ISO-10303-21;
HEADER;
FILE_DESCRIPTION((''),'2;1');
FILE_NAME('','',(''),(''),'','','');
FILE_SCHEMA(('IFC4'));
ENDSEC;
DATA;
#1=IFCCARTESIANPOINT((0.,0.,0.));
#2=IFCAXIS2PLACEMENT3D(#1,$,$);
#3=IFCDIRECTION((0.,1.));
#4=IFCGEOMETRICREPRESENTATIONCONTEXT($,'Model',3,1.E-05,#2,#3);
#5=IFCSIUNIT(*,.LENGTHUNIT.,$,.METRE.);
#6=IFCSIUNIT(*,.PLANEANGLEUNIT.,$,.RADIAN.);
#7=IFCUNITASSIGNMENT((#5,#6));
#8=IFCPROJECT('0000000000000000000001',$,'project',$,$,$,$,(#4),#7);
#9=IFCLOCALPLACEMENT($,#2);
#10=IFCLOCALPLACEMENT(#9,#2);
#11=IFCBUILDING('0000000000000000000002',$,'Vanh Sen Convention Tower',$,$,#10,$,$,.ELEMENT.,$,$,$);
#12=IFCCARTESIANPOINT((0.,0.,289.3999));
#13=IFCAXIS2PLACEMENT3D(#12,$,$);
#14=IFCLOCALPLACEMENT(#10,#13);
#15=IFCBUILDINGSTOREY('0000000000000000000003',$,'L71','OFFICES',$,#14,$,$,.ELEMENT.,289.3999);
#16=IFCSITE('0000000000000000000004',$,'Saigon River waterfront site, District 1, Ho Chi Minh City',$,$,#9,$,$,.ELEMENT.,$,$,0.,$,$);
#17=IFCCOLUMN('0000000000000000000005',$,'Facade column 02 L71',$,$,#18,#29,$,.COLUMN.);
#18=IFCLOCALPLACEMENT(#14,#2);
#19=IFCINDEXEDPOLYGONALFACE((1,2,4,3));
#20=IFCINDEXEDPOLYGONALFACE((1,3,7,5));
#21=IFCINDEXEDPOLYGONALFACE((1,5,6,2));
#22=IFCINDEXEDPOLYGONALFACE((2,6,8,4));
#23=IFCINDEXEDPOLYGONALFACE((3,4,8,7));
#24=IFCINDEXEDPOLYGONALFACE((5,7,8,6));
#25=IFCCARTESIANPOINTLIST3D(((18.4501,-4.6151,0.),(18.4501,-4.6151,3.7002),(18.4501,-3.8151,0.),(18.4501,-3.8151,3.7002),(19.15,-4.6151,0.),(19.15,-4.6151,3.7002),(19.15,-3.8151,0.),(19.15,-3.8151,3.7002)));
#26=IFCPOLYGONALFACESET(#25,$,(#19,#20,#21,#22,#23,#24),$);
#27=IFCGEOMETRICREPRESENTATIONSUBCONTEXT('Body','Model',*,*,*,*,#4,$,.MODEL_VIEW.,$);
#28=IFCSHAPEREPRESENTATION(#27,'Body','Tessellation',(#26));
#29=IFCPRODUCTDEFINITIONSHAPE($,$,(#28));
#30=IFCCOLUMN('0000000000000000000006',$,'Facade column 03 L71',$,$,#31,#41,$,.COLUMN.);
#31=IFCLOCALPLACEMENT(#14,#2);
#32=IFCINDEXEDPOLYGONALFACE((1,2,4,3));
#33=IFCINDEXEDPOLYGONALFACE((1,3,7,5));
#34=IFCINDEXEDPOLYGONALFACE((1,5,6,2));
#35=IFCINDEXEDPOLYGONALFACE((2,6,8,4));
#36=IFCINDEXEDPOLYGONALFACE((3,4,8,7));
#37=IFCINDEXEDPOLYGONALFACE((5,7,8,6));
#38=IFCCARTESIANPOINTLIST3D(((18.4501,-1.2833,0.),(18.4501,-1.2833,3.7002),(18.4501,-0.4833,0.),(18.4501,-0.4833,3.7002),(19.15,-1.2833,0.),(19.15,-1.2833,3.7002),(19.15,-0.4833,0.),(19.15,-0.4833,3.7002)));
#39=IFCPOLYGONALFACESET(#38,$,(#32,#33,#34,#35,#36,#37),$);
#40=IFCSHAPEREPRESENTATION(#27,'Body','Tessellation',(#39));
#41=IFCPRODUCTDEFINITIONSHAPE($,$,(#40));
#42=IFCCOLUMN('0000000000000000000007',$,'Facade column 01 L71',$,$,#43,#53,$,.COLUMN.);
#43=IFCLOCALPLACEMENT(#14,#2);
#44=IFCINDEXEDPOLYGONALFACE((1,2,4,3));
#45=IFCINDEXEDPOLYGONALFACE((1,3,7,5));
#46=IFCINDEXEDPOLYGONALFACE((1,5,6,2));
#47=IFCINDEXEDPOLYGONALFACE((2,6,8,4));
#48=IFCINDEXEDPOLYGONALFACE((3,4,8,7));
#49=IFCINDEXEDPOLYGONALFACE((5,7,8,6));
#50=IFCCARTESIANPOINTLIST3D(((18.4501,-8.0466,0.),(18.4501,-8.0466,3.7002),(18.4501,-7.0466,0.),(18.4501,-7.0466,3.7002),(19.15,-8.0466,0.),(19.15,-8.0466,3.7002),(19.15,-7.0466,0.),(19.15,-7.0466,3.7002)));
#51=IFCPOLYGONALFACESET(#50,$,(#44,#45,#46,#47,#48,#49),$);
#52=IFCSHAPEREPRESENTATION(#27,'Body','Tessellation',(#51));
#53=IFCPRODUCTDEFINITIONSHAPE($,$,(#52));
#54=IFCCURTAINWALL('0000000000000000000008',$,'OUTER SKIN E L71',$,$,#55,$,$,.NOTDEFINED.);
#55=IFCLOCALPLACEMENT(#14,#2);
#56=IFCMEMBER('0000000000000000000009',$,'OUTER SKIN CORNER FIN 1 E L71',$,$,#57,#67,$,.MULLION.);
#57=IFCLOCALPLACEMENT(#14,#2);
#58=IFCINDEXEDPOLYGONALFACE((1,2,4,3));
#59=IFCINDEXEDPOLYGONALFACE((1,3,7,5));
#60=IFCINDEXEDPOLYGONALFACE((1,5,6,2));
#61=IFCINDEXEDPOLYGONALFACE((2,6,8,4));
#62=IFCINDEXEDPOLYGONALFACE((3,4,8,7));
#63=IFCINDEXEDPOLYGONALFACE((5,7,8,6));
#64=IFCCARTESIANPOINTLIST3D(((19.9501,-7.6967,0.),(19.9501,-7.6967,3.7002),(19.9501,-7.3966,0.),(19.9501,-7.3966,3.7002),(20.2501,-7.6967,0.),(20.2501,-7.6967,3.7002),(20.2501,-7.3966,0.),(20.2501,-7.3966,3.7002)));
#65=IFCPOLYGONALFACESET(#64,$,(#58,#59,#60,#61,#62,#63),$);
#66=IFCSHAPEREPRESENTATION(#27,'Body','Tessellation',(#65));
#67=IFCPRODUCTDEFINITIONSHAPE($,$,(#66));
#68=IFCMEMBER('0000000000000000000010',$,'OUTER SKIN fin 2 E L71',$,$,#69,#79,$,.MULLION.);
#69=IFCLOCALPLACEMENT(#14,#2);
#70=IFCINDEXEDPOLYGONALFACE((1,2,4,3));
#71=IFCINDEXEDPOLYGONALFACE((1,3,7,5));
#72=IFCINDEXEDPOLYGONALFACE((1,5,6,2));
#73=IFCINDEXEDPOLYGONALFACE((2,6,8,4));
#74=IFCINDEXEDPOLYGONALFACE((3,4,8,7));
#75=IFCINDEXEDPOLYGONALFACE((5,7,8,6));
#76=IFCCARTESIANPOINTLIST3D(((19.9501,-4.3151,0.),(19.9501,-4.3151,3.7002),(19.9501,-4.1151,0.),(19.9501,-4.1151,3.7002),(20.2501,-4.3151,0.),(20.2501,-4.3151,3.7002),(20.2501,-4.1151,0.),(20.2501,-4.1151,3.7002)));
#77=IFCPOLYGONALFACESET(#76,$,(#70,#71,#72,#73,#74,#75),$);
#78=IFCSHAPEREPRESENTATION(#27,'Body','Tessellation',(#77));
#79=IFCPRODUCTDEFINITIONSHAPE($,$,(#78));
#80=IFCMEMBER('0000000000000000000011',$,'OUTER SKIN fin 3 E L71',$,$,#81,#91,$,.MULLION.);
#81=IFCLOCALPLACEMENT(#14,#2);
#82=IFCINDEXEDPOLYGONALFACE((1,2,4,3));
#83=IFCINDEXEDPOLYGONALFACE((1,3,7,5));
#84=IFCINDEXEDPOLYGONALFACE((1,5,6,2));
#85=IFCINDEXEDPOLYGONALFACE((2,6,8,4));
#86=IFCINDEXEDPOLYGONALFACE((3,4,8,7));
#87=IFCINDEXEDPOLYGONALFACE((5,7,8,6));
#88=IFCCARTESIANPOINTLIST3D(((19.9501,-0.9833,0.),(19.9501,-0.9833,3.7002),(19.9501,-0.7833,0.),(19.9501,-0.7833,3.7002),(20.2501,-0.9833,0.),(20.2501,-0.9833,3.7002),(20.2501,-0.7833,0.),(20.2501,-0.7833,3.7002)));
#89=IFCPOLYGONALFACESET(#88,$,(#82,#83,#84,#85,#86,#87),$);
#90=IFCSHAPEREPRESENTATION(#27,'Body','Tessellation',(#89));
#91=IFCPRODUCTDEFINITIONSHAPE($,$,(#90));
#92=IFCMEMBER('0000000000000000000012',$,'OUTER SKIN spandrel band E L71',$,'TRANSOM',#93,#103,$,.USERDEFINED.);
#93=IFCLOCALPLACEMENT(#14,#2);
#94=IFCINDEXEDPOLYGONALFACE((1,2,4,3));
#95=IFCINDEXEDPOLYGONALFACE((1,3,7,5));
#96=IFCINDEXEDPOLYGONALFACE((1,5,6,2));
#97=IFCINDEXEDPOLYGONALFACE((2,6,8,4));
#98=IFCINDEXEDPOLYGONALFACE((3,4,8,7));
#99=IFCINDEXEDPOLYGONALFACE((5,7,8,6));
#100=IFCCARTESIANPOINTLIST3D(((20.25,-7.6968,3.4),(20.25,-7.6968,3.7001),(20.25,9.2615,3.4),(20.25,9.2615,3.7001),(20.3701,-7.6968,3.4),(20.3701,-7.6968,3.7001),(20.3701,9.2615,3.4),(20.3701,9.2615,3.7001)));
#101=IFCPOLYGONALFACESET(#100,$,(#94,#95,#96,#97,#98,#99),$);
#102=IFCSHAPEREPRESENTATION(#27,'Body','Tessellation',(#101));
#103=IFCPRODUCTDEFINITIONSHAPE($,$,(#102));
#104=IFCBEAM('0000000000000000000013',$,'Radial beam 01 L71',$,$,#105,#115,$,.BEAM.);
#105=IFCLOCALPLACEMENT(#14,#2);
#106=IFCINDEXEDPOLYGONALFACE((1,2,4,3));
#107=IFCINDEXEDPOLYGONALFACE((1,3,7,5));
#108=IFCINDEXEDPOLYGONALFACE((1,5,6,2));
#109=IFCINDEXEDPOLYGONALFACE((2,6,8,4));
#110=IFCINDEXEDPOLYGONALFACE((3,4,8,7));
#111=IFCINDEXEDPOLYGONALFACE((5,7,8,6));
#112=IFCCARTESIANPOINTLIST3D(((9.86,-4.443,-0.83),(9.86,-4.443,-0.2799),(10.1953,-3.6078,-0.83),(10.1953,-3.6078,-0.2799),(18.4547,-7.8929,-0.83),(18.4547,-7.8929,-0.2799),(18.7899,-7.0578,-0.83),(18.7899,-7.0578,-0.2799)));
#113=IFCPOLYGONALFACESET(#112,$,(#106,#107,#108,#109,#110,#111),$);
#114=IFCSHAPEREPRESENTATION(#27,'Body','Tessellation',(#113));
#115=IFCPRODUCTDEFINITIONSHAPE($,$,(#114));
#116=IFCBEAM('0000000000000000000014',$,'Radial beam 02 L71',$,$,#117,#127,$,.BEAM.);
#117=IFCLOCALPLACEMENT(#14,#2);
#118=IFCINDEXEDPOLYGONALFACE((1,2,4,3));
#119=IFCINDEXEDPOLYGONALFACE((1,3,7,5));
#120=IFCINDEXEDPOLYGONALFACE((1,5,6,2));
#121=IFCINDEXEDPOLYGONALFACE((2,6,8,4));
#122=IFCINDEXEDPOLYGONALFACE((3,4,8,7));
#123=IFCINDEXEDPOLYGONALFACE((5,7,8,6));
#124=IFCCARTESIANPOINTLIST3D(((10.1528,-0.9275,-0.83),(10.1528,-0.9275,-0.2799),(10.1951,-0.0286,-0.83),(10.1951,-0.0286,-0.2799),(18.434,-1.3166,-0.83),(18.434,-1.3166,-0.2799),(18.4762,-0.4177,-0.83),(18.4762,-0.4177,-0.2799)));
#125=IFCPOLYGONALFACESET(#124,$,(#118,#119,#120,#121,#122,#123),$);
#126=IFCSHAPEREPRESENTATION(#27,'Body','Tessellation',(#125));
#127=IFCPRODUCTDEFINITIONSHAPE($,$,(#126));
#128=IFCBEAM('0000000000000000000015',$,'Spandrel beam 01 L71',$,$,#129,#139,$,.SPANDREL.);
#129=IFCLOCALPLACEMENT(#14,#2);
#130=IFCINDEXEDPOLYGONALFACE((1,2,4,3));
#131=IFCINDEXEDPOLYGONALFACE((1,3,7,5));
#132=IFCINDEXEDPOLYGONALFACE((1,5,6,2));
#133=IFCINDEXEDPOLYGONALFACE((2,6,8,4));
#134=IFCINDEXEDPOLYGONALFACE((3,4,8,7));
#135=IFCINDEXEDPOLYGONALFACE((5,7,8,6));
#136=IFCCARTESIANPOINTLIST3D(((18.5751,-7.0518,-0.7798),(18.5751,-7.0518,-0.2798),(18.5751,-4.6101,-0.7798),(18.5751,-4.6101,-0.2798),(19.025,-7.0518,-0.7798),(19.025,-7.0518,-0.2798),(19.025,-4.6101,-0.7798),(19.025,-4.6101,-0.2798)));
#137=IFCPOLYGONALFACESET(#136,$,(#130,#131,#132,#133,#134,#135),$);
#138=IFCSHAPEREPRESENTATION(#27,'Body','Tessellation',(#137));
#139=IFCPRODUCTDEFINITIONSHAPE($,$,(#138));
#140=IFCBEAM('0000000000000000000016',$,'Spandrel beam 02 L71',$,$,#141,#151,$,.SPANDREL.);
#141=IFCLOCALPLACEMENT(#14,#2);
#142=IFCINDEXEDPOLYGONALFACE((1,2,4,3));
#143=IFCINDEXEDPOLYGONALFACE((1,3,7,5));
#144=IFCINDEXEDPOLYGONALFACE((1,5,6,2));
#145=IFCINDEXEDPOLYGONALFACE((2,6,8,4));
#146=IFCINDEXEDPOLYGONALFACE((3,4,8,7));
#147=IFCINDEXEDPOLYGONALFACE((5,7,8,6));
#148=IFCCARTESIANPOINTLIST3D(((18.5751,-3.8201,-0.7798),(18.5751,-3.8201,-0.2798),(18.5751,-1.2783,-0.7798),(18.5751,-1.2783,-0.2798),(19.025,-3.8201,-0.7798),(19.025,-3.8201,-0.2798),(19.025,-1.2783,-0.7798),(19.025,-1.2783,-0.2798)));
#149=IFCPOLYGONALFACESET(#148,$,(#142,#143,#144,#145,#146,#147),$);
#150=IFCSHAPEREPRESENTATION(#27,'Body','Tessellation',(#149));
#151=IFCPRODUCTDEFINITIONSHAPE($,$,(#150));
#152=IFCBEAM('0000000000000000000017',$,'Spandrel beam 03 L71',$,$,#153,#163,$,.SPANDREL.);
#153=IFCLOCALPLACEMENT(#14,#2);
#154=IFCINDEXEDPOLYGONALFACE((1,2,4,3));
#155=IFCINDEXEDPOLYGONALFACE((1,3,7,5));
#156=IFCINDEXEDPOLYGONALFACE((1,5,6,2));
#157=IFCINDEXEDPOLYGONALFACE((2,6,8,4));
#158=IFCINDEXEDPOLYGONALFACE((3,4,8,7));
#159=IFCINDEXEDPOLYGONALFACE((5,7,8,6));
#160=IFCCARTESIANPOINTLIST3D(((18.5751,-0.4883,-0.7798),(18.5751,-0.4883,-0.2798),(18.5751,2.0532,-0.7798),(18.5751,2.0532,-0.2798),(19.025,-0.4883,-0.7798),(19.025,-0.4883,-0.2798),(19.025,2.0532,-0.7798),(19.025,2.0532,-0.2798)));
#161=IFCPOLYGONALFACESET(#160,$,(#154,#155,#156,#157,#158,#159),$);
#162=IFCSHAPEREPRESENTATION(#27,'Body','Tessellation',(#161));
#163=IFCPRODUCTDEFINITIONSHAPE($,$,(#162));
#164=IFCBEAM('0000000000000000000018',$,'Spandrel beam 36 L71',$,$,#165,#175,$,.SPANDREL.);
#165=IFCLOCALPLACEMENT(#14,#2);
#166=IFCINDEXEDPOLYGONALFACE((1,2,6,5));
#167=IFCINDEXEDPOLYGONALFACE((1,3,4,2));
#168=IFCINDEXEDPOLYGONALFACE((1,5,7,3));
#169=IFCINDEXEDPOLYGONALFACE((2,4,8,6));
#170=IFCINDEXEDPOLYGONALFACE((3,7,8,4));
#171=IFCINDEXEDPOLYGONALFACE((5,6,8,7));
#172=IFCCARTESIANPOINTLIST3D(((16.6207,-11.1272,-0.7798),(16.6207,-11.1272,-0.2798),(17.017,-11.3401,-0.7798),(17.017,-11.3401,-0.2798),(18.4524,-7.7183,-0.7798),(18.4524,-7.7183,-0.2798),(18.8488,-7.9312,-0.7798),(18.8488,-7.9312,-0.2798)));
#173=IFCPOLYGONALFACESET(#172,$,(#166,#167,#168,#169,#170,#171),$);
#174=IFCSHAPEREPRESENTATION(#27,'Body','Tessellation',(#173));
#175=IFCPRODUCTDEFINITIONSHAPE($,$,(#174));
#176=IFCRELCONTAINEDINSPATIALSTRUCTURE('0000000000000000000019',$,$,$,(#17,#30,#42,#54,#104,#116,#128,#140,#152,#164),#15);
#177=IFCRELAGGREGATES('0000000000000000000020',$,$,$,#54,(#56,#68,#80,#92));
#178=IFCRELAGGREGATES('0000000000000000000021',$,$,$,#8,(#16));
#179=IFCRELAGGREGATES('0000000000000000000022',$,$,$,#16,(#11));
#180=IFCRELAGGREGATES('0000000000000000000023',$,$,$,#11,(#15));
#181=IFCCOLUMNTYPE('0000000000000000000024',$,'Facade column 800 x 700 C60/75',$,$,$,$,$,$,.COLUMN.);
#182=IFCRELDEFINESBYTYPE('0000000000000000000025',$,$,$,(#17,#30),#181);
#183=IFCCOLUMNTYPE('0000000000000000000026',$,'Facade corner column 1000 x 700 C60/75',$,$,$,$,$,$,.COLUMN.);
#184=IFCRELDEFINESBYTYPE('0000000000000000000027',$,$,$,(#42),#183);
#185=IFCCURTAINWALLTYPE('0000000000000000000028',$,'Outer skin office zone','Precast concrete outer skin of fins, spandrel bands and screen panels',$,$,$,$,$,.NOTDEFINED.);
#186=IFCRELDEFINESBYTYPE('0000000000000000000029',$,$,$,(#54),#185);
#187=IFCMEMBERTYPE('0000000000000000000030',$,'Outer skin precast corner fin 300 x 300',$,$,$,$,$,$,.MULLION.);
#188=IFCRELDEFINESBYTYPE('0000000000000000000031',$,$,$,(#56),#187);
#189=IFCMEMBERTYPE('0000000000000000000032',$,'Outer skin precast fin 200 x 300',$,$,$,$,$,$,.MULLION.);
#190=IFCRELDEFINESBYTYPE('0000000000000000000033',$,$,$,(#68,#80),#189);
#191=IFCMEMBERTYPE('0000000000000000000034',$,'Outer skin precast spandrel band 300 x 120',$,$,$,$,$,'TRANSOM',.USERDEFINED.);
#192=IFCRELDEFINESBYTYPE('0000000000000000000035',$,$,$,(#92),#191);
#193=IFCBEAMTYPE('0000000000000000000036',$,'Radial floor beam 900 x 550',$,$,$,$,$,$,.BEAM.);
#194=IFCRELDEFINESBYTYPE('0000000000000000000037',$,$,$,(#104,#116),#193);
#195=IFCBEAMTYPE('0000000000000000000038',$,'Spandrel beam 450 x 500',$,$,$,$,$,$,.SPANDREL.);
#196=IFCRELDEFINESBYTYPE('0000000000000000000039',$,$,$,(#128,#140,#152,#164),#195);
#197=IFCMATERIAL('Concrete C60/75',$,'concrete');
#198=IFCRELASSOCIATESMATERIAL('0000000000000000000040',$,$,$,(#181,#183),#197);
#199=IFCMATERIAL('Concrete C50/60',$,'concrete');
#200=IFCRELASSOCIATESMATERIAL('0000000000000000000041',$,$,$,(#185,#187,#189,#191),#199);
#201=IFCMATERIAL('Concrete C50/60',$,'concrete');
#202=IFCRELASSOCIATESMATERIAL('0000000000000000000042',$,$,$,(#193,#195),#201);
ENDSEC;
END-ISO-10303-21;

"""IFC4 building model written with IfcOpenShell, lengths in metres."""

from ifc_helpers import new_model, si_unit, direction, frame, origin, origin_2d, place, context, subcontext, project, spatial, rectangle, extrude, material, material_profile, profile_set, type_object, element, aggregate, save


model = new_model("IFC4")

# Units and contexts
model_context = context("Model", 3, precision=1e-05, world=origin(), true_north=direction((0.0, 1.0)))
body_context = subcontext(model_context, "Body", "Model", "MODEL_VIEW")
ifc_project = project(units=[si_unit("LENGTHUNIT", "METRE"), si_unit("PLANEANGLEUNIT", "RADIAN")], contexts=[model_context])

# Site, building, storey
site_placement = place(None, origin())
site = spatial("IfcSite", under=ifc_project, at=site_placement, Name="Saigon River waterfront site, District 1, Ho Chi Minh City", CompositionType="ELEMENT", RefElevation=0.0)
building_placement = place(site_placement, origin())
building = spatial("IfcBuilding", under=site, at=building_placement, Name="Vanh Sen Convention Tower", CompositionType="ELEMENT")
storey_placement = place(building_placement, frame((0.0, 0.0, 289.3999)))
storey = spatial("IfcBuildingStorey", under=building, at=storey_placement, Name="L71", Description="OFFICES", CompositionType="ELEMENT", Elevation=289.3999)

# Columns
ifc_material_1 = material(Name="Concrete C60/75", Category="concrete")
ifc_material_profile_1 = material_profile(ifc_material_1, rectangle(XDim=0.8, YDim=0.7, at=origin_2d()), Name="RC 800X700")
ifc_profile_set_1 = profile_set([ifc_material_profile_1], Name="Concrete C60/75")
column_type_1 = type_object("IfcColumnType", Name="Facade column 800 x 700 C60/75", PredefinedType="COLUMN", material=ifc_profile_set_1)
for number, where, z_axis, x_axis, name in (
    (1, (18.8, -4.2151, 0.0), (0.0, 0.0, 1.0), (0.0, 1.0, 0.0), "Facade column 02 L71"),
    (2, (18.8, -0.8833, 0.0), (0.0, 0.0, 1.0), (0.0, 1.0, 0.0), "Facade column 03 L71"),
):
    element("IfcColumn", number, at=place(storey_placement, frame(where, z_axis=z_axis, x_axis=x_axis)), inside=storey, type_object=column_type_1, Name=name, PredefinedType="COLUMN", context=body_context, shape_type="SweptSolid", body=[
        extrude(rectangle(XDim=0.8, YDim=0.7, at=origin_2d()), origin(), (0.0, 0.0, 1.0), 3.7002),
    ])
ifc_material_profile_2 = material_profile(ifc_material_1, rectangle(XDim=1.0, YDim=0.7, at=origin_2d()), Name="RC 1000X700")
ifc_profile_set_2 = profile_set([ifc_material_profile_2], Name="Concrete C60/75")
column_type_2 = type_object("IfcColumnType", Name="Facade corner column 1000 x 700 C60/75", PredefinedType="COLUMN", material=ifc_profile_set_2)
column_placement = place(storey_placement, frame((18.8, -7.5466, 0.0), z_axis=(0.0, 0.0, 1.0), x_axis=(0.0, 1.0, 0.0)))
element("IfcColumn", 3, at=column_placement, inside=storey, type_object=column_type_2, Name="Facade column 01 L71", PredefinedType="COLUMN", context=body_context, shape_type="SweptSolid", body=[
    extrude(rectangle(XDim=1.0, YDim=0.7, at=origin_2d()), origin(), (0.0, 0.0, 1.0), 3.7002),
])

# Curtain wall, members
ifc_material_2 = material(Name="Concrete C50/60", Category="concrete")
curtain_wall_type = type_object("IfcCurtainWallType", Name="Outer skin office zone", Description="Precast concrete outer skin of fins, spandrel bands and screen panels", PredefinedType="NOTDEFINED", material=ifc_material_2)
curtain_wall_1_placement = place(storey_placement, origin())
curtain_wall_1 = element("IfcCurtainWall", 4, at=curtain_wall_1_placement, inside=storey, type_object=curtain_wall_type, Name="OUTER SKIN E L71", PredefinedType="NOTDEFINED")
ifc_material_profile_3 = material_profile(ifc_material_2, rectangle(XDim=0.3, YDim=0.3, at=origin_2d()), Name="Outer skin precast corner fin 300 x 300")
ifc_profile_set_3 = profile_set([ifc_material_profile_3], Name="Concrete C50/60")
member_type_1 = type_object("IfcMemberType", Name="Outer skin precast corner fin 300 x 300", PredefinedType="MULLION", material=ifc_profile_set_3)
member_1_placement = place(storey_placement, frame((20.1001, -7.5466, 0.0), z_axis=(0.0, 0.0, 1.0), x_axis=(0.0, 1.0, 0.0)))
member_1 = element("IfcMember", 5, at=member_1_placement, type_object=member_type_1, Name="OUTER SKIN CORNER FIN 1 E L71", PredefinedType="MULLION", context=body_context, shape_type="SweptSolid", body=[
    extrude(rectangle(XDim=0.3, YDim=0.3, at=origin_2d()), origin(), (0.0, 0.0, 1.0), 3.7002),
])
ifc_material_profile_4 = material_profile(ifc_material_2, rectangle(XDim=0.2, YDim=0.3, at=origin_2d()), Name="Outer skin precast fin 200 x 300")
ifc_profile_set_4 = profile_set([ifc_material_profile_4], Name="Concrete C50/60")
member_type_2 = type_object("IfcMemberType", Name="Outer skin precast fin 200 x 300", PredefinedType="MULLION", material=ifc_profile_set_4)
member_2_placement = place(storey_placement, frame((20.1001, -4.2151, 0.0), z_axis=(0.0, 0.0, 1.0), x_axis=(0.0, 1.0, 0.0)))
member_2 = element("IfcMember", 6, at=member_2_placement, type_object=member_type_2, Name="OUTER SKIN fin 2 E L71", PredefinedType="MULLION", context=body_context, shape_type="SweptSolid", body=[
    extrude(rectangle(XDim=0.2, YDim=0.3, at=origin_2d()), origin(), (0.0, 0.0, 1.0), 3.7002),
])
member_3_placement = place(storey_placement, frame((20.1001, -0.8833, 0.0), z_axis=(0.0, 0.0, 1.0), x_axis=(0.0, 1.0, 0.0)))
member_3 = element("IfcMember", 7, at=member_3_placement, type_object=member_type_2, Name="OUTER SKIN fin 3 E L71", PredefinedType="MULLION", context=body_context, shape_type="SweptSolid", body=[
    extrude(rectangle(XDim=0.2, YDim=0.3, at=origin_2d()), origin(), (0.0, 0.0, 1.0), 3.7002),
])
ifc_material_profile_5 = material_profile(ifc_material_2, rectangle(XDim=0.1201, YDim=0.3, at=origin_2d()), Name="Outer skin precast spandrel band 300 x 120")
ifc_profile_set_5 = profile_set([ifc_material_profile_5], Name="Concrete C50/60")
member_type_3 = type_object("IfcMemberType", Name="Outer skin precast spandrel band 300 x 120", ElementType="TRANSOM", PredefinedType="USERDEFINED", material=ifc_profile_set_5)
member_4_placement = place(storey_placement, frame((20.3101, -7.6968, 3.55), z_axis=(0.0, 1.0, 0.0), x_axis=(-1.0, 0.0, 0.0)))
member_4 = element("IfcMember", 8, at=member_4_placement, type_object=member_type_3, Name="OUTER SKIN spandrel band E L71", ObjectType="TRANSOM", PredefinedType="USERDEFINED", context=body_context, shape_type="SweptSolid", body=[
    extrude(rectangle(XDim=0.1201, YDim=0.3, at=origin_2d()), origin(), (0.0, 0.0, 1.0), 16.9583),
])

# Beams
ifc_material_3 = material(Name="Concrete C50/60", Category="concrete")
ifc_material_profile_6 = material_profile(ifc_material_3, rectangle(XDim=0.8999, YDim=0.55, at=origin_2d()), Name="RC 900X550")
ifc_profile_set_6 = profile_set([ifc_material_profile_6], Name="Concrete C50/60")
beam_type_1 = type_object("IfcBeamType", Name="Radial floor beam 900 x 550", PredefinedType="BEAM", material=ifc_profile_set_6)
beam_1_placement = place(storey_placement, frame((18.6223, -7.4753, -0.5549), z_axis=(-0.928027, 0.372513, 0.0), x_axis=(-0.372513, -0.928027, 0.0)))
element("IfcBeam", 9, at=beam_1_placement, inside=storey, type_object=beam_type_1, Name="Radial beam 01 L71", PredefinedType="BEAM", context=body_context, shape_type="SweptSolid", body=[
    extrude(rectangle(XDim=0.8999, YDim=0.55, at=origin_2d()), origin(), (0.0, 0.0, 1.0), 9.2612),
])
beam_2_placement = place(storey_placement, frame((18.4551, -0.8672, -0.5549), z_axis=(-0.998898, 0.046941, 0.0), x_axis=(-0.046941, -0.998898, 0.0)))
element("IfcBeam", 10, at=beam_2_placement, inside=storey, type_object=beam_type_1, Name="Radial beam 02 L71", PredefinedType="BEAM", context=body_context, shape_type="SweptSolid", body=[
    extrude(rectangle(XDim=0.8999, YDim=0.55, at=origin_2d()), origin(), (0.0, 0.0, 1.0), 8.2903),
])
ifc_material_profile_7 = material_profile(ifc_material_3, rectangle(XDim=0.45, YDim=0.5, at=origin_2d()), Name="RC 450X500")
ifc_profile_set_7 = profile_set([ifc_material_profile_7], Name="Concrete C50/60")
beam_type_2 = type_object("IfcBeamType", Name="Spandrel beam 450 x 500", PredefinedType="SPANDREL", material=ifc_profile_set_7)
beam_3_placement = place(storey_placement, frame((18.8, -7.0518, -0.5298), z_axis=(0.0, 1.0, 0.0), x_axis=(-1.0, 0.0, 0.0)))
element("IfcBeam", 11, at=beam_3_placement, inside=storey, type_object=beam_type_2, Name="Spandrel beam 01 L71", PredefinedType="SPANDREL", context=body_context, shape_type="SweptSolid", body=[
    extrude(rectangle(XDim=0.45, YDim=0.5, at=origin_2d()), origin(), (0.0, 0.0, 1.0), 2.4417),
])
beam_4_placement = place(storey_placement, frame((18.8, -3.8201, -0.5298), z_axis=(0.0, 1.0, 0.0), x_axis=(-1.0, 0.0, 0.0)))
element("IfcBeam", 12, at=beam_4_placement, inside=storey, type_object=beam_type_2, Name="Spandrel beam 02 L71", PredefinedType="SPANDREL", context=body_context, shape_type="SweptSolid", body=[
    extrude(rectangle(XDim=0.45, YDim=0.5, at=origin_2d()), origin(), (0.0, 0.0, 1.0), 2.5417),
])
beam_5_placement = place(storey_placement, frame((18.8, -0.4883, -0.5298), z_axis=(0.0, 1.0, 0.0), x_axis=(-1.0, 0.0, 0.0)))
element("IfcBeam", 13, at=beam_5_placement, inside=storey, type_object=beam_type_2, Name="Spandrel beam 03 L71", PredefinedType="SPANDREL", context=body_context, shape_type="SweptSolid", body=[
    extrude(rectangle(XDim=0.45, YDim=0.5, at=origin_2d()), origin(), (0.0, 0.0, 1.0), 2.5415),
])
beam_6_placement = place(storey_placement, frame((16.8188, -11.2336, -0.5298), z_axis=(0.47334, 0.88088, 0.0), x_axis=(-0.88088, 0.47334, 0.0)))
element("IfcBeam", 14, at=beam_6_placement, inside=storey, type_object=beam_type_2, Name="Spandrel beam 36 L71", PredefinedType="SPANDREL", context=body_context, shape_type="SweptSolid", body=[
    extrude(rectangle(XDim=0.45, YDim=0.5, at=origin_2d()), origin(), (0.0, 0.0, 1.0), 3.8699),
])

aggregate(curtain_wall_1, [member_1, member_2, member_3, member_4])

save(model, "model.ifc")
